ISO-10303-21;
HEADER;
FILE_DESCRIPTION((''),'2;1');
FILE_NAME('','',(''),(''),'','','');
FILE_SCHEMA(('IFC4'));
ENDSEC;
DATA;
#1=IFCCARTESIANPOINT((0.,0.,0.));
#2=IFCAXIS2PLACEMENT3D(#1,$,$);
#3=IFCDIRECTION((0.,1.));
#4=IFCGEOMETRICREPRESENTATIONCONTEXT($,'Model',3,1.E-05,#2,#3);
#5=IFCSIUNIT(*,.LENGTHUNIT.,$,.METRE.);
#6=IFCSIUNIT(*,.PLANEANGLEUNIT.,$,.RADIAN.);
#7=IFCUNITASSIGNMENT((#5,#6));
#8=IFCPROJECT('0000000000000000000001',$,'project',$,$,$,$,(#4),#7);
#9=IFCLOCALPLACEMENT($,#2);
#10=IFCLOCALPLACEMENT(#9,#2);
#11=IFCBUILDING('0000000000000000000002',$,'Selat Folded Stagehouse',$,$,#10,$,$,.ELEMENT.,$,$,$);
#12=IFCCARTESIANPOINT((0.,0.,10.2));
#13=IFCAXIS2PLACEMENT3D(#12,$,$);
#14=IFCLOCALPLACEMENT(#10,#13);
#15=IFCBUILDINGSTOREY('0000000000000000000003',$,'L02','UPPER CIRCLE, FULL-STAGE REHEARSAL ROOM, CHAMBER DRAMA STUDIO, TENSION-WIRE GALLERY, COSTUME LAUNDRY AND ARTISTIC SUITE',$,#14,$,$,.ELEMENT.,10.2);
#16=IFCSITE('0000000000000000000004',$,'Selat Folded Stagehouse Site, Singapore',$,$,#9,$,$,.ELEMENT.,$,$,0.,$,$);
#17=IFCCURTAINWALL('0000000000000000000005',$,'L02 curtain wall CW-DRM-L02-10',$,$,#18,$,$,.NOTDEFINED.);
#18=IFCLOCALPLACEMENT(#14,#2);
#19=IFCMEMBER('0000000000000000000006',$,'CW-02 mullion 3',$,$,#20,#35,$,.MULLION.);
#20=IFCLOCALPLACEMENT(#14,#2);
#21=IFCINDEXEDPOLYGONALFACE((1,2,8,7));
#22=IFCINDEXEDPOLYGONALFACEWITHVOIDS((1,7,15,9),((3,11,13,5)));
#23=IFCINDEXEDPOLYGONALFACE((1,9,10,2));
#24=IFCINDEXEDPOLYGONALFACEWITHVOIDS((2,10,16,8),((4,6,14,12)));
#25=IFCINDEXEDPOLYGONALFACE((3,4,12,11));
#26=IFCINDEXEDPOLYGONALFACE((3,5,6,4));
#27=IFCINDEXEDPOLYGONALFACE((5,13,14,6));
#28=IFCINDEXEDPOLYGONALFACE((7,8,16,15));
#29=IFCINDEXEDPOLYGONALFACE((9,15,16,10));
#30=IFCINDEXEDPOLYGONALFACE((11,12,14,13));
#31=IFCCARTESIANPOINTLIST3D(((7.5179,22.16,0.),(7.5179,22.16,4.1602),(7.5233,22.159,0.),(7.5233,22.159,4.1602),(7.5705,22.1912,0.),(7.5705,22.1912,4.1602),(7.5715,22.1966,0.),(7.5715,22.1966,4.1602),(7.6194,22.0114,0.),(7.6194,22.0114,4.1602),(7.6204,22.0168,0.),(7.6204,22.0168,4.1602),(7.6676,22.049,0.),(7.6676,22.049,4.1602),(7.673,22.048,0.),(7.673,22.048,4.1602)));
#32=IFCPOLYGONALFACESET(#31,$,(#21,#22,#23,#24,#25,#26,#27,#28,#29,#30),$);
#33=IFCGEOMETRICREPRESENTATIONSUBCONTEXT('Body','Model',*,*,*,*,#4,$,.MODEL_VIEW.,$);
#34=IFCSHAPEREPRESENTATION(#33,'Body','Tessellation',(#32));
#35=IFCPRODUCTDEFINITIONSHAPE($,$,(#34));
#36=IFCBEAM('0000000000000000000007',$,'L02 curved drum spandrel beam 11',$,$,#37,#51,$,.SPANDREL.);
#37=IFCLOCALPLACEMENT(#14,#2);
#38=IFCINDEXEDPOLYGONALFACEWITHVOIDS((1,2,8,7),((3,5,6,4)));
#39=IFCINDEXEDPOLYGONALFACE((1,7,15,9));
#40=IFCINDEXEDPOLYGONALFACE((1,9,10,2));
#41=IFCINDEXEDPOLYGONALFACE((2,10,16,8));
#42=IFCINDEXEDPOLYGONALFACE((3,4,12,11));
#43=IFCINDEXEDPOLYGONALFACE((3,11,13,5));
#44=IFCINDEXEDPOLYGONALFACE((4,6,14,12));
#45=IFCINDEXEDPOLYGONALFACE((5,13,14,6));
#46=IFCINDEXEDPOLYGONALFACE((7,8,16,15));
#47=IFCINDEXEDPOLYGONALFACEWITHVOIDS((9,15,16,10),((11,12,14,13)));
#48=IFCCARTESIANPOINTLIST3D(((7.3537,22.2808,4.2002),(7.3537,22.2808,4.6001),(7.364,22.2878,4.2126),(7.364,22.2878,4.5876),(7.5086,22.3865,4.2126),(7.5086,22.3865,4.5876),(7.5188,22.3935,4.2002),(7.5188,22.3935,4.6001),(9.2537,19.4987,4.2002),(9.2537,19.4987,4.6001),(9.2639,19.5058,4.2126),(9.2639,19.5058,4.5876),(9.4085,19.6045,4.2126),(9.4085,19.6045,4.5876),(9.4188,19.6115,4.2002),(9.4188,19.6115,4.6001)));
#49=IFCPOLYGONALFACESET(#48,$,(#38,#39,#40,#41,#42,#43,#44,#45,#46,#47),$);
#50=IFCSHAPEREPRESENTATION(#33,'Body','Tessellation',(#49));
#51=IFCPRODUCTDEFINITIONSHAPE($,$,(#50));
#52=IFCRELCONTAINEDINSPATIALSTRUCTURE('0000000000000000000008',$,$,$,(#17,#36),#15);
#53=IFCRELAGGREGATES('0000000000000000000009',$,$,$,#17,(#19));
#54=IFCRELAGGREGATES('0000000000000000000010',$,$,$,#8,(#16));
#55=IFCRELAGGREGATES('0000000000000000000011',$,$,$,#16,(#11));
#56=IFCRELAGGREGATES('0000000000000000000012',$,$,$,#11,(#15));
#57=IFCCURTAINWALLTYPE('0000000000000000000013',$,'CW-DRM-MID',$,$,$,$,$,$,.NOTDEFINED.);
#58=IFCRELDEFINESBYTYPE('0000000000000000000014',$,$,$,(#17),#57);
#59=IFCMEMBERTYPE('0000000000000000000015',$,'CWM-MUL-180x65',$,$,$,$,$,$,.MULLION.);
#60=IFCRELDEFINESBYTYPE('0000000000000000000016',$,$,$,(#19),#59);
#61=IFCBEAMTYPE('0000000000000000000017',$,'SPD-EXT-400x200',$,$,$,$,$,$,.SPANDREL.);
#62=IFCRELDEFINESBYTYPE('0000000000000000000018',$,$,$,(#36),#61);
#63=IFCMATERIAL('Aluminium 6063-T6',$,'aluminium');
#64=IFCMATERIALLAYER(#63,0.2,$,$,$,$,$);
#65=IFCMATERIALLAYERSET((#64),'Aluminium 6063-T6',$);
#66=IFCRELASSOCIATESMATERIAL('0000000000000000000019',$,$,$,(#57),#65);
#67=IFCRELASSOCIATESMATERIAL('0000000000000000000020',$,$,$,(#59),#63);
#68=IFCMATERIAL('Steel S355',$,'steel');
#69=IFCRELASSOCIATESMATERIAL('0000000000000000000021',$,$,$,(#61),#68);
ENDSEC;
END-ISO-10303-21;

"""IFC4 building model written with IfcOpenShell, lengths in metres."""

from ifc_helpers import new_model, si_unit, direction, frame, origin, origin_2d, place, context, subcontext, project, spatial, hollow_rectangle, extrude, material, layer, layer_set, material_profile, profile_set, type_object, element, aggregate, save


model = new_model("IFC4")

# Units and contexts
model_context = context("Model", 3, precision=1e-05, world=origin(), true_north=direction((0.0, 1.0)))
body_context = subcontext(model_context, "Body", "Model", "MODEL_VIEW")
ifc_project = project(units=[si_unit("LENGTHUNIT", "METRE"), si_unit("PLANEANGLEUNIT", "RADIAN")], contexts=[model_context])

# Site, building, storey
site_placement = place(None, origin())
site = spatial("IfcSite", under=ifc_project, at=site_placement, Name="Selat Folded Stagehouse Site, Singapore", CompositionType="ELEMENT", RefElevation=0.0)
building_placement = place(site_placement, origin())
building = spatial("IfcBuilding", under=site, at=building_placement, Name="Selat Folded Stagehouse", CompositionType="ELEMENT")
storey_placement = place(building_placement, frame((0.0, 0.0, 10.2)))
storey = spatial("IfcBuildingStorey", under=building, at=storey_placement, Name="L02", Description="UPPER CIRCLE, FULL-STAGE REHEARSAL ROOM, CHAMBER DRAMA STUDIO, TENSION-WIRE GALLERY, COSTUME LAUNDRY AND ARTISTIC SUITE", CompositionType="ELEMENT", Elevation=10.2)

# Shared definitions
ifc_material_1 = material(Name="Steel S355", Category="steel")

# Curtain wall, member
ifc_material_2 = material(Name="Aluminium 6063-T6", Category="aluminium")
ifc_layer_1 = layer(ifc_material_2, 0.2)
ifc_layer_set_1 = layer_set([ifc_layer_1], Name="Aluminium 6063-T6")
curtain_wall_type = type_object("IfcCurtainWallType", Name="CW-DRM-MID", PredefinedType="NOTDEFINED", material=ifc_layer_set_1)
curtain_wall_placement = place(storey_placement, origin())
curtain_wall = element("IfcCurtainWall", 1, at=curtain_wall_placement, inside=storey, type_object=curtain_wall_type, Name="L02 curtain wall CW-DRM-L02-10", PredefinedType="NOTDEFINED")
ifc_material_profile_1 = material_profile(ifc_material_2, hollow_rectangle(XDim=0.0649, YDim=0.1799, WallThickness=0.0039, at=origin_2d()), Name="ALU 180x65x4.0")
ifc_profile_set_1 = profile_set([ifc_material_profile_1], Name="Aluminium 6063-T6")
member_type = type_object("IfcMemberType", Name="CWM-MUL-180x65", PredefinedType="MULLION", material=ifc_profile_set_1)
member_placement = place(storey_placement, frame((7.5955, 22.104, 0.0), z_axis=(0.0, 0.0, 1.0), x_axis=(-0.82581, -0.563948, 0.0)))
member = element("IfcMember", 2, at=member_placement, type_object=member_type, Name="CW-02 mullion 3", PredefinedType="MULLION", context=body_context, shape_type="SweptSolid", body=[
    extrude(hollow_rectangle(XDim=0.0649, YDim=0.1799, WallThickness=0.0039, at=origin_2d()), origin(), (0.0, 0.0, 1.0), 4.1602),
])
aggregate(curtain_wall, [member])

# Beam
ifc_material_profile_2 = material_profile(ifc_material_1, hollow_rectangle(XDim=0.2, YDim=0.3999, WallThickness=0.0125, at=origin_2d()), Name="RHS 400x200x12.5")
ifc_profile_set_2 = profile_set([ifc_material_profile_2], Name="Steel S355")
beam_type_1 = type_object("IfcBeamType", Name="SPD-EXT-400x200", PredefinedType="SPANDREL", material=ifc_profile_set_2)
beam_1_placement = place(storey_placement, frame((7.4363, 22.3372, 4.4001), z_axis=(0.563964, -0.825799, 0.0), x_axis=(0.825799, 0.563964, 0.0)))
element("IfcBeam", 3, at=beam_1_placement, inside=storey, type_object=beam_type_1, Name="L02 curved drum spandrel beam 11", PredefinedType="SPANDREL", context=body_context, shape_type="SweptSolid", body=[
    extrude(hollow_rectangle(XDim=0.2, YDim=0.3999, WallThickness=0.0125, at=origin_2d()), origin(), (0.0, 0.0, 1.0), 3.3689),
])

save(model, "model.ifc")
